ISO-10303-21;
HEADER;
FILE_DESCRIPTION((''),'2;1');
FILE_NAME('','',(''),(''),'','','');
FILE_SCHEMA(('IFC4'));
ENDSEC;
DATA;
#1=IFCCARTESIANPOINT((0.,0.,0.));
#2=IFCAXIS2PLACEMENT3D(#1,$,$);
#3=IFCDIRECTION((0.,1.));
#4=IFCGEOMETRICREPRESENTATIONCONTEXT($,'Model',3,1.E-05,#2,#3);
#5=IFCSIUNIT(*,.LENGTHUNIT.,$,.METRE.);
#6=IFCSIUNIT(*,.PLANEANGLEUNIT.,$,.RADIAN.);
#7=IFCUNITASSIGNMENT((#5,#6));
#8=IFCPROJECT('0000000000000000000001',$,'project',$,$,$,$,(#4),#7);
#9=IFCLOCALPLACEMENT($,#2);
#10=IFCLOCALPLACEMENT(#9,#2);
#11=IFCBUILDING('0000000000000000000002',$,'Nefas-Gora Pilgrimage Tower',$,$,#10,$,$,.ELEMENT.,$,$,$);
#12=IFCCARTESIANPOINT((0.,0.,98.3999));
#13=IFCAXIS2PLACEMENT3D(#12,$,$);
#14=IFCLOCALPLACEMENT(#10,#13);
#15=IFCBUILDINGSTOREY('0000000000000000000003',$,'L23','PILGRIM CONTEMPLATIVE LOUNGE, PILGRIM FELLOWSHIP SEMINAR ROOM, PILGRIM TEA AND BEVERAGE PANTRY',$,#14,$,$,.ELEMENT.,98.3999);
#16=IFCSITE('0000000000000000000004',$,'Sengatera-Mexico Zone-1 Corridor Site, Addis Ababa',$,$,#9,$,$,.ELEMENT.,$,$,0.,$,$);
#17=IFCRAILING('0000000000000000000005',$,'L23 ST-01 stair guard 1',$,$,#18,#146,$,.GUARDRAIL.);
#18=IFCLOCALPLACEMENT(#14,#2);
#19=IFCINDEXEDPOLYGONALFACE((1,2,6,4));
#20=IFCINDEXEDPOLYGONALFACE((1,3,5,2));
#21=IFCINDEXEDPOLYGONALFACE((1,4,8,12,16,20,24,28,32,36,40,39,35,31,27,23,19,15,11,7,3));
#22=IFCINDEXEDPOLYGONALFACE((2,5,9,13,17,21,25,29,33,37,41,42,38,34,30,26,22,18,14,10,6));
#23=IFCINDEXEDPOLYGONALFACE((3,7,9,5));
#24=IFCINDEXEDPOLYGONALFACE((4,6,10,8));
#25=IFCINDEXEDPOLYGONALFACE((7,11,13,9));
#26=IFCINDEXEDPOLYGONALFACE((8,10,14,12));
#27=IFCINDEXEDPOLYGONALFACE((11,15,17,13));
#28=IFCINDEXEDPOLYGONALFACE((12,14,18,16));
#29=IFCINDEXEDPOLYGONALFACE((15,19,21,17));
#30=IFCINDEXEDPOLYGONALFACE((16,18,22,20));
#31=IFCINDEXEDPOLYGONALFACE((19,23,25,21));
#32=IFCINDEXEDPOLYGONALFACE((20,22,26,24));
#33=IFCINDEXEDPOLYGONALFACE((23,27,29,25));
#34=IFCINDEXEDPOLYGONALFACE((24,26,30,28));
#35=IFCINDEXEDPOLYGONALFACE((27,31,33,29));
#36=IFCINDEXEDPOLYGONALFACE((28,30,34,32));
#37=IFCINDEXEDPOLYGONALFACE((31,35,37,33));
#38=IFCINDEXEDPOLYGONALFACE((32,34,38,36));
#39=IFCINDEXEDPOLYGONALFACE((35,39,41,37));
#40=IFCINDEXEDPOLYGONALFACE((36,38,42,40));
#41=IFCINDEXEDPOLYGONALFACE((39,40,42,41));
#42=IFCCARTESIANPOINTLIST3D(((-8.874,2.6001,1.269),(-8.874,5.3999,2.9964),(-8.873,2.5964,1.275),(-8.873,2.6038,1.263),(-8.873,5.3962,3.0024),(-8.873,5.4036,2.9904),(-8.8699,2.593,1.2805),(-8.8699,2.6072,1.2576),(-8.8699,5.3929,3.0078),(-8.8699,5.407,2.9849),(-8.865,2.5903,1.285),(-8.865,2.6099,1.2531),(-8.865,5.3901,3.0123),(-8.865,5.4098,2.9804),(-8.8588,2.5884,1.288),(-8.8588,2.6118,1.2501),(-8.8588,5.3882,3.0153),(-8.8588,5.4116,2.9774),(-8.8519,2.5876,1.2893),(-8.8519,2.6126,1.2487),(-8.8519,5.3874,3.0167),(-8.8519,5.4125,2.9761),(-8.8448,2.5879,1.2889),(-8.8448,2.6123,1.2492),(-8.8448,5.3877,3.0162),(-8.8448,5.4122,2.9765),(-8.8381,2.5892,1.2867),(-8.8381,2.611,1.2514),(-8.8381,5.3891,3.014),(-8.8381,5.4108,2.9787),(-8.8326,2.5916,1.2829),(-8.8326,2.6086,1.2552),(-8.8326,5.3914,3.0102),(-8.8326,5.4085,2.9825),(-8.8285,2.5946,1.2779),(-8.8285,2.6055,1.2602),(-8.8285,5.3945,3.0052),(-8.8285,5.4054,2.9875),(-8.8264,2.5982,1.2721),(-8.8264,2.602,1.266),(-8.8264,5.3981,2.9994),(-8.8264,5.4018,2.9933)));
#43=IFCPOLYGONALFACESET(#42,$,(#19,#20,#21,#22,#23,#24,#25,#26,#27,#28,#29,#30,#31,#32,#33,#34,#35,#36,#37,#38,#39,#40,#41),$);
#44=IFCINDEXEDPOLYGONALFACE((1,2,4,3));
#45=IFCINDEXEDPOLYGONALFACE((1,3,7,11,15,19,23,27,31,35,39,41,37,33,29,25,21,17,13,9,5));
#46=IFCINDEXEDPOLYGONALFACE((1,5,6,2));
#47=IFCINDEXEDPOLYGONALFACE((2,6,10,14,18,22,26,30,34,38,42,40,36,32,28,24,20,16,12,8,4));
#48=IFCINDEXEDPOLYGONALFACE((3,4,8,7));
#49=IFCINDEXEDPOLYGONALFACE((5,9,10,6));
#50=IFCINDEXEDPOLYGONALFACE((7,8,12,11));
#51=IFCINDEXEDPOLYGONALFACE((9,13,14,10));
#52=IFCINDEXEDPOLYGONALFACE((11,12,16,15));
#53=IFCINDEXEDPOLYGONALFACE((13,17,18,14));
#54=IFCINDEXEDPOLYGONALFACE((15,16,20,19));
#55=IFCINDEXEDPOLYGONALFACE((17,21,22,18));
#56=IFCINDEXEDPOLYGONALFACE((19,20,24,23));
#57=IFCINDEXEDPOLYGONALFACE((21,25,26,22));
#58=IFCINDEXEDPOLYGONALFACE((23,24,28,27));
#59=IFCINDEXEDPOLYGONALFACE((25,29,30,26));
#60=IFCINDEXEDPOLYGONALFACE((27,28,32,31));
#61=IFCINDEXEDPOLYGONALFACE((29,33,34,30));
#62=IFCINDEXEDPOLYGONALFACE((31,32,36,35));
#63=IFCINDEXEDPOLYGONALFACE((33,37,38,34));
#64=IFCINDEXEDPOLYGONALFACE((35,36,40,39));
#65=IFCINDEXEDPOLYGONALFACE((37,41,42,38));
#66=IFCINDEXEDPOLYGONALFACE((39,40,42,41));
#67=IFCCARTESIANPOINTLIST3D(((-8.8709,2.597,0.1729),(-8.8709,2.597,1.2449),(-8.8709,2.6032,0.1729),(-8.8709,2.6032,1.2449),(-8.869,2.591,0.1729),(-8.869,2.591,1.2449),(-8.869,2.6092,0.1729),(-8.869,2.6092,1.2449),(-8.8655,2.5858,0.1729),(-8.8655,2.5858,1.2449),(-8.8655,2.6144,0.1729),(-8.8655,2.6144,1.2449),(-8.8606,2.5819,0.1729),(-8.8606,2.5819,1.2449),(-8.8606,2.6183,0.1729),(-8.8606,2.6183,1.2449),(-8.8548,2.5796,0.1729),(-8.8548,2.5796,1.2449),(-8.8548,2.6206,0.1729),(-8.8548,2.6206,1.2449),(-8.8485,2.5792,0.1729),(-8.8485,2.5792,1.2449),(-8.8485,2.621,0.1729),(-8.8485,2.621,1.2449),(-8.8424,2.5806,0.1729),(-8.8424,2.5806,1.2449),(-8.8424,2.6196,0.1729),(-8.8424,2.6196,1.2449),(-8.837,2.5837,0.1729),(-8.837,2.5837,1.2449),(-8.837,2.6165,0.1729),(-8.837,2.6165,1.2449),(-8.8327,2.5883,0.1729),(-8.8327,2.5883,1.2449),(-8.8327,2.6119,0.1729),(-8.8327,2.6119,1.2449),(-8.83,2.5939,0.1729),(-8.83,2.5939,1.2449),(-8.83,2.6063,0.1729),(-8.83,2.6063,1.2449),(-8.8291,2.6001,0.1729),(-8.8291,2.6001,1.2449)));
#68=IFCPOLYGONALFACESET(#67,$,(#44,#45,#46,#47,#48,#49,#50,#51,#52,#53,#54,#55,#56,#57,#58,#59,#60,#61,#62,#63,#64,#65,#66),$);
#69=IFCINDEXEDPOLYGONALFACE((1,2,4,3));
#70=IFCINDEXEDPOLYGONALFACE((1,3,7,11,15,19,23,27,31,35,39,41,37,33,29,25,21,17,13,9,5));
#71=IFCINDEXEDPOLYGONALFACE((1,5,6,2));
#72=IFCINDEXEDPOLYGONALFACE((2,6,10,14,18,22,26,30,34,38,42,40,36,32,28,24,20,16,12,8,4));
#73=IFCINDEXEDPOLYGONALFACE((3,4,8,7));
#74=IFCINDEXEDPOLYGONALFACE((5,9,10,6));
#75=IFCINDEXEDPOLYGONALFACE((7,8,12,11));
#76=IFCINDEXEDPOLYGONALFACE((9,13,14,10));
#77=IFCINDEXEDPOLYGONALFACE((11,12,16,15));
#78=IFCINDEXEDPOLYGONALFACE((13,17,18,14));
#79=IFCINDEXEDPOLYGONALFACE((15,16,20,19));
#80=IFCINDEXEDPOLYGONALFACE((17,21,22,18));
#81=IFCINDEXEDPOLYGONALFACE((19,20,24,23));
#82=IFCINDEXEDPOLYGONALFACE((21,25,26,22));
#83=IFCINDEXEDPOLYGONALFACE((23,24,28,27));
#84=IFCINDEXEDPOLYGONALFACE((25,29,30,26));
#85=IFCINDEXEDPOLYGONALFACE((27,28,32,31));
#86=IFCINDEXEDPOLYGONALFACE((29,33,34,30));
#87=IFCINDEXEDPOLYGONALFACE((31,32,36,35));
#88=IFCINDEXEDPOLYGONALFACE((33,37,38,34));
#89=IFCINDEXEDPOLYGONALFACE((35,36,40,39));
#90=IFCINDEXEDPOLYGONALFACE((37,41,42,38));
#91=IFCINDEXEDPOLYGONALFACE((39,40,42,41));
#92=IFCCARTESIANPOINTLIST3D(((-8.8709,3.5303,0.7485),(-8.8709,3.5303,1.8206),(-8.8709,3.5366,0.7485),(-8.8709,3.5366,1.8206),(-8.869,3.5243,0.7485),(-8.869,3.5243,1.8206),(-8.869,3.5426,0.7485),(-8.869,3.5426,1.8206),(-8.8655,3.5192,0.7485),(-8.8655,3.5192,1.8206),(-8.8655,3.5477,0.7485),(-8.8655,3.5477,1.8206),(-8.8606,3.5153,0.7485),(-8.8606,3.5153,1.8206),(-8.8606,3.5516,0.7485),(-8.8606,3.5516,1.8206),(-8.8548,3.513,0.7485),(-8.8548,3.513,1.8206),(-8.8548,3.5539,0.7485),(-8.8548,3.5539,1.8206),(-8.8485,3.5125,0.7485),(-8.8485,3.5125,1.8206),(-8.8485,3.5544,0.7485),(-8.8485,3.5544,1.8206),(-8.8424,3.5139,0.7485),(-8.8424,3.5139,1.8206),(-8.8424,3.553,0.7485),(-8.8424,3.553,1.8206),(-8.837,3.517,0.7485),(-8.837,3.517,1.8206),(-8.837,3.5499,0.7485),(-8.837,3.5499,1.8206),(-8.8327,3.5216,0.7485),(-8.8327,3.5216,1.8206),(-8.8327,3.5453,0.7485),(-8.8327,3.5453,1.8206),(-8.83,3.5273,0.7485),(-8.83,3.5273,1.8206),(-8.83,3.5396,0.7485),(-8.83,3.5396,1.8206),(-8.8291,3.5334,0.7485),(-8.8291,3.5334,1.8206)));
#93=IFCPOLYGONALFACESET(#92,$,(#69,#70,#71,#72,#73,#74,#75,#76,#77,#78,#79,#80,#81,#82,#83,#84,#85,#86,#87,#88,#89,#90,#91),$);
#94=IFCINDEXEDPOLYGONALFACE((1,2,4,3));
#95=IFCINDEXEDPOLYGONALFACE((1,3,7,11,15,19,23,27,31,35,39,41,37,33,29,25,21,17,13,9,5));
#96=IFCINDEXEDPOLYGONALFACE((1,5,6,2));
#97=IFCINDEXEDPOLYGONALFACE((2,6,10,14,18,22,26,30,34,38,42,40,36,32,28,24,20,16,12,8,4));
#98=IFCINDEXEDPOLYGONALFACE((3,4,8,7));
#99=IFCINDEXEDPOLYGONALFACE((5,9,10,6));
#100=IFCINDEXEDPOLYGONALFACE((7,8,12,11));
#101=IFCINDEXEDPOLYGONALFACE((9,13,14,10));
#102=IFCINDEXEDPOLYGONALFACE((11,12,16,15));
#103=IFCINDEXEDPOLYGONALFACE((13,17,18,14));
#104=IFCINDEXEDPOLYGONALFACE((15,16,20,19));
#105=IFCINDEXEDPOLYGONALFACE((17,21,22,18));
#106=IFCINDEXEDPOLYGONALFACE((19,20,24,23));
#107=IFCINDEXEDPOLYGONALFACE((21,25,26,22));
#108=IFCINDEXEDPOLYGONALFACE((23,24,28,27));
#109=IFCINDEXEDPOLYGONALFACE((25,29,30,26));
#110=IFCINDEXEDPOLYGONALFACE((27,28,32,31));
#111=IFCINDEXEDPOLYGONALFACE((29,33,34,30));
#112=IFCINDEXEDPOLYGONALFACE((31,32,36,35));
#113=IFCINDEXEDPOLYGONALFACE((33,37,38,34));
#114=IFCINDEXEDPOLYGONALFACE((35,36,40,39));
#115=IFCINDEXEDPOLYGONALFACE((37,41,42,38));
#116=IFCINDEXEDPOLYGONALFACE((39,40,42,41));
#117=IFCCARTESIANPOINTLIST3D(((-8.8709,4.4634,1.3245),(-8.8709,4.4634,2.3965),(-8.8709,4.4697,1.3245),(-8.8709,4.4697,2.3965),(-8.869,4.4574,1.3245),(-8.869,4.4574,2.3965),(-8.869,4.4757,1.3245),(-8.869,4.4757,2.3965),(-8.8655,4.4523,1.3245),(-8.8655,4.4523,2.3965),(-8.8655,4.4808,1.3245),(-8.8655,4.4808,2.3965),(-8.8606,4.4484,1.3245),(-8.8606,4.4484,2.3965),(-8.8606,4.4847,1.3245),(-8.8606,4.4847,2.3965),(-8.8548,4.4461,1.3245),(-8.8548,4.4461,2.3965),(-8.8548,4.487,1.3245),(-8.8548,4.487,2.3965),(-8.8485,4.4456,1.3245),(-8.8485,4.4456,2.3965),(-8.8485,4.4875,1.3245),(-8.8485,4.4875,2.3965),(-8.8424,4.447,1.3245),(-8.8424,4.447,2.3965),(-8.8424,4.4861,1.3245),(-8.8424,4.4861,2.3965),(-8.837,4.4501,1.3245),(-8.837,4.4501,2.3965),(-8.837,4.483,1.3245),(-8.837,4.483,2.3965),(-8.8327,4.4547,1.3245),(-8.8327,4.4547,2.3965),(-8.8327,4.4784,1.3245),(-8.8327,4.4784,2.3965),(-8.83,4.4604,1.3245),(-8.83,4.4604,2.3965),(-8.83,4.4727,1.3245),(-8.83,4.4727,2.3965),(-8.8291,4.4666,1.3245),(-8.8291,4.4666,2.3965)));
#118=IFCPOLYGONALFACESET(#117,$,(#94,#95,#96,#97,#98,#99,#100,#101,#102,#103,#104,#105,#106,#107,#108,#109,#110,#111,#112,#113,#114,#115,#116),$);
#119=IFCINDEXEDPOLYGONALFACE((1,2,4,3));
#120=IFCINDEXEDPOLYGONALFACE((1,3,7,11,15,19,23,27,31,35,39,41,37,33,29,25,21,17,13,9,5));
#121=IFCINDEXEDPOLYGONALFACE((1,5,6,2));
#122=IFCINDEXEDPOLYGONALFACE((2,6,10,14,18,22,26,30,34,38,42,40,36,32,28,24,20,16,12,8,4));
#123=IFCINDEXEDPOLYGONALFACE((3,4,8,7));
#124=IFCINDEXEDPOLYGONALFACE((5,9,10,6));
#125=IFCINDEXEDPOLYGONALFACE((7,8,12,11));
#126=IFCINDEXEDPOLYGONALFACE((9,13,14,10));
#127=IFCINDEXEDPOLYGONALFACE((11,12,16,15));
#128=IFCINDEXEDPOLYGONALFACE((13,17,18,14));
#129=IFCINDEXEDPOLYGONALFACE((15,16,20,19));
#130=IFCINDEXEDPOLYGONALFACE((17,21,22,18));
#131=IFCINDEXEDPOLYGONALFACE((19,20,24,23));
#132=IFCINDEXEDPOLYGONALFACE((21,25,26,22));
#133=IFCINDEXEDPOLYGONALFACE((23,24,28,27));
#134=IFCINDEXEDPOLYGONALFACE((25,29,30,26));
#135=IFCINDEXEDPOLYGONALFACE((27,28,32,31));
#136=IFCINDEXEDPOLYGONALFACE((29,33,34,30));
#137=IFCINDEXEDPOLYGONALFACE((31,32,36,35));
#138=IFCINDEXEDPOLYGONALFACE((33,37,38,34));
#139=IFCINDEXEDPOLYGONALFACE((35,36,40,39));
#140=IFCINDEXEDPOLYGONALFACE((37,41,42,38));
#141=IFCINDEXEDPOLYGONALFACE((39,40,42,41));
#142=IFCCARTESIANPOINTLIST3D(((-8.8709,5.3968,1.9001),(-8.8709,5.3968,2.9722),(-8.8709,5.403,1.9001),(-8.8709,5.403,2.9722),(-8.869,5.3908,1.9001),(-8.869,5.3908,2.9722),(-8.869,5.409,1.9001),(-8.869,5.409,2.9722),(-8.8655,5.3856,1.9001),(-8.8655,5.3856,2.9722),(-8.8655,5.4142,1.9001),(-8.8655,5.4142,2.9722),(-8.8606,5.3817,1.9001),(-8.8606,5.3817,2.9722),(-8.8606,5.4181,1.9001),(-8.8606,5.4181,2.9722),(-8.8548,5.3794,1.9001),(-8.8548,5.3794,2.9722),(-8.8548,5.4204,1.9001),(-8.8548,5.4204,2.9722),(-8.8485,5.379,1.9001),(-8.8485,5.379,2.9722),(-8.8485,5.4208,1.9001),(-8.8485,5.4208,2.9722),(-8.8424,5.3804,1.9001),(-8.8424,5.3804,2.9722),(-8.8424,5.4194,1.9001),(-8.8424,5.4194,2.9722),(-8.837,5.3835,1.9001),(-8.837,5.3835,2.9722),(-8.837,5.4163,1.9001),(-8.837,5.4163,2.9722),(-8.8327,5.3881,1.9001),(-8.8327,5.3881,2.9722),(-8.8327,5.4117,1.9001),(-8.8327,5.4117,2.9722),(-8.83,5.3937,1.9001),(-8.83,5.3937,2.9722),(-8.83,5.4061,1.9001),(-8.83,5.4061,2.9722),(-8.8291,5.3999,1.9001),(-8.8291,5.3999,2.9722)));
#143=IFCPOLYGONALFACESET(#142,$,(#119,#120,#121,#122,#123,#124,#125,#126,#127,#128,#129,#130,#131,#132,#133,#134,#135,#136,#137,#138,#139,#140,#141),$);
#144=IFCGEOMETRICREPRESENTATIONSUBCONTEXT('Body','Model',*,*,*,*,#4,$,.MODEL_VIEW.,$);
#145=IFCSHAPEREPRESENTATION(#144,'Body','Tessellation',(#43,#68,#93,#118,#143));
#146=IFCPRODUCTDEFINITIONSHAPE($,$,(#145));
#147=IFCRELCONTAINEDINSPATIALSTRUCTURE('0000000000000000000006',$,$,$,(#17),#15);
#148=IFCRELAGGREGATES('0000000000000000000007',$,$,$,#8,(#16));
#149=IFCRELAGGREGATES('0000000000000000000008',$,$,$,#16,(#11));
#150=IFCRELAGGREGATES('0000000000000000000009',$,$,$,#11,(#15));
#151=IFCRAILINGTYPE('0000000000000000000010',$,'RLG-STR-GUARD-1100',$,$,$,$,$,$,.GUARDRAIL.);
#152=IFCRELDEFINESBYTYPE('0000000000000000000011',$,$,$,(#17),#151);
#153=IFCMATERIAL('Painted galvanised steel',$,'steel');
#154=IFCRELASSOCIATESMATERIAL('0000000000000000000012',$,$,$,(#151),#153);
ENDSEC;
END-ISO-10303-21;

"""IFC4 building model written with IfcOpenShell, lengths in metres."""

from ifc_helpers import new_model, si_unit, direction, frame, origin, origin_2d, place, context, subcontext, project, spatial, circle, extrude, material, type_object, element, save


model = new_model("IFC4")

# Units and contexts
model_context = context("Model", 3, precision=1e-05, world=origin(), true_north=direction((0.0, 1.0)))
body_context = subcontext(model_context, "Body", "Model", "MODEL_VIEW")
ifc_project = project(units=[si_unit("LENGTHUNIT", "METRE"), si_unit("PLANEANGLEUNIT", "RADIAN")], contexts=[model_context])

# Site, building, storey
site_placement = place(None, origin())
site = spatial("IfcSite", under=ifc_project, at=site_placement, Name="Sengatera-Mexico Zone-1 Corridor Site, Addis Ababa", CompositionType="ELEMENT", RefElevation=0.0)
building_placement = place(site_placement, origin())
building = spatial("IfcBuilding", under=site, at=building_placement, Name="Nefas-Gora Pilgrimage Tower", CompositionType="ELEMENT")
storey_placement = place(building_placement, frame((0.0, 0.0, 98.3999)))
storey = spatial("IfcBuildingStorey", under=building, at=storey_placement, Name="L23", Description="PILGRIM CONTEMPLATIVE LOUNGE, PILGRIM FELLOWSHIP SEMINAR ROOM, PILGRIM TEA AND BEVERAGE PANTRY", CompositionType="ELEMENT", Elevation=98.3999)

# Railing
ifc_material_1 = material(Name="Painted galvanised steel", Category="steel")
railing_type_1 = type_object("IfcRailingType", Name="RLG-STR-GUARD-1100", PredefinedType="GUARDRAIL", material=ifc_material_1)
railing_1_placement = place(storey_placement, frame((-8.8501, 2.6001, 0.1729)))
element("IfcRailing", 1, at=railing_1_placement, inside=storey, type_object=railing_type_1, Name="L23 ST-01 stair guard 1", PredefinedType="GUARDRAIL", context=body_context, shape_type="SweptSolid", body=[
    extrude(circle(Radius=0.0239, at=origin_2d()), frame((0.0, 0.0, 1.0962), z_axis=(0.0, 0.851069, 0.525054), x_axis=(-1.0, 0.0, 0.0)), (0.0, 0.0, 1.0), 3.2898),
    extrude(circle(Radius=0.021, at=origin_2d()), origin(), (0.0, 0.0, 1.0), 1.072),
    extrude(circle(Radius=0.021, at=origin_2d()), frame((0.0, 0.9333, 0.5757)), (0.0, 0.0, 1.0), 1.072),
    extrude(circle(Radius=0.021, at=origin_2d()), frame((0.0, 1.8665, 1.1516)), (0.0, 0.0, 1.0), 1.072),
    extrude(circle(Radius=0.021, at=origin_2d()), frame((0.0, 2.7998, 1.7273)), (0.0, 0.0, 1.0), 1.072),
])

save(model, "model.ifc")
